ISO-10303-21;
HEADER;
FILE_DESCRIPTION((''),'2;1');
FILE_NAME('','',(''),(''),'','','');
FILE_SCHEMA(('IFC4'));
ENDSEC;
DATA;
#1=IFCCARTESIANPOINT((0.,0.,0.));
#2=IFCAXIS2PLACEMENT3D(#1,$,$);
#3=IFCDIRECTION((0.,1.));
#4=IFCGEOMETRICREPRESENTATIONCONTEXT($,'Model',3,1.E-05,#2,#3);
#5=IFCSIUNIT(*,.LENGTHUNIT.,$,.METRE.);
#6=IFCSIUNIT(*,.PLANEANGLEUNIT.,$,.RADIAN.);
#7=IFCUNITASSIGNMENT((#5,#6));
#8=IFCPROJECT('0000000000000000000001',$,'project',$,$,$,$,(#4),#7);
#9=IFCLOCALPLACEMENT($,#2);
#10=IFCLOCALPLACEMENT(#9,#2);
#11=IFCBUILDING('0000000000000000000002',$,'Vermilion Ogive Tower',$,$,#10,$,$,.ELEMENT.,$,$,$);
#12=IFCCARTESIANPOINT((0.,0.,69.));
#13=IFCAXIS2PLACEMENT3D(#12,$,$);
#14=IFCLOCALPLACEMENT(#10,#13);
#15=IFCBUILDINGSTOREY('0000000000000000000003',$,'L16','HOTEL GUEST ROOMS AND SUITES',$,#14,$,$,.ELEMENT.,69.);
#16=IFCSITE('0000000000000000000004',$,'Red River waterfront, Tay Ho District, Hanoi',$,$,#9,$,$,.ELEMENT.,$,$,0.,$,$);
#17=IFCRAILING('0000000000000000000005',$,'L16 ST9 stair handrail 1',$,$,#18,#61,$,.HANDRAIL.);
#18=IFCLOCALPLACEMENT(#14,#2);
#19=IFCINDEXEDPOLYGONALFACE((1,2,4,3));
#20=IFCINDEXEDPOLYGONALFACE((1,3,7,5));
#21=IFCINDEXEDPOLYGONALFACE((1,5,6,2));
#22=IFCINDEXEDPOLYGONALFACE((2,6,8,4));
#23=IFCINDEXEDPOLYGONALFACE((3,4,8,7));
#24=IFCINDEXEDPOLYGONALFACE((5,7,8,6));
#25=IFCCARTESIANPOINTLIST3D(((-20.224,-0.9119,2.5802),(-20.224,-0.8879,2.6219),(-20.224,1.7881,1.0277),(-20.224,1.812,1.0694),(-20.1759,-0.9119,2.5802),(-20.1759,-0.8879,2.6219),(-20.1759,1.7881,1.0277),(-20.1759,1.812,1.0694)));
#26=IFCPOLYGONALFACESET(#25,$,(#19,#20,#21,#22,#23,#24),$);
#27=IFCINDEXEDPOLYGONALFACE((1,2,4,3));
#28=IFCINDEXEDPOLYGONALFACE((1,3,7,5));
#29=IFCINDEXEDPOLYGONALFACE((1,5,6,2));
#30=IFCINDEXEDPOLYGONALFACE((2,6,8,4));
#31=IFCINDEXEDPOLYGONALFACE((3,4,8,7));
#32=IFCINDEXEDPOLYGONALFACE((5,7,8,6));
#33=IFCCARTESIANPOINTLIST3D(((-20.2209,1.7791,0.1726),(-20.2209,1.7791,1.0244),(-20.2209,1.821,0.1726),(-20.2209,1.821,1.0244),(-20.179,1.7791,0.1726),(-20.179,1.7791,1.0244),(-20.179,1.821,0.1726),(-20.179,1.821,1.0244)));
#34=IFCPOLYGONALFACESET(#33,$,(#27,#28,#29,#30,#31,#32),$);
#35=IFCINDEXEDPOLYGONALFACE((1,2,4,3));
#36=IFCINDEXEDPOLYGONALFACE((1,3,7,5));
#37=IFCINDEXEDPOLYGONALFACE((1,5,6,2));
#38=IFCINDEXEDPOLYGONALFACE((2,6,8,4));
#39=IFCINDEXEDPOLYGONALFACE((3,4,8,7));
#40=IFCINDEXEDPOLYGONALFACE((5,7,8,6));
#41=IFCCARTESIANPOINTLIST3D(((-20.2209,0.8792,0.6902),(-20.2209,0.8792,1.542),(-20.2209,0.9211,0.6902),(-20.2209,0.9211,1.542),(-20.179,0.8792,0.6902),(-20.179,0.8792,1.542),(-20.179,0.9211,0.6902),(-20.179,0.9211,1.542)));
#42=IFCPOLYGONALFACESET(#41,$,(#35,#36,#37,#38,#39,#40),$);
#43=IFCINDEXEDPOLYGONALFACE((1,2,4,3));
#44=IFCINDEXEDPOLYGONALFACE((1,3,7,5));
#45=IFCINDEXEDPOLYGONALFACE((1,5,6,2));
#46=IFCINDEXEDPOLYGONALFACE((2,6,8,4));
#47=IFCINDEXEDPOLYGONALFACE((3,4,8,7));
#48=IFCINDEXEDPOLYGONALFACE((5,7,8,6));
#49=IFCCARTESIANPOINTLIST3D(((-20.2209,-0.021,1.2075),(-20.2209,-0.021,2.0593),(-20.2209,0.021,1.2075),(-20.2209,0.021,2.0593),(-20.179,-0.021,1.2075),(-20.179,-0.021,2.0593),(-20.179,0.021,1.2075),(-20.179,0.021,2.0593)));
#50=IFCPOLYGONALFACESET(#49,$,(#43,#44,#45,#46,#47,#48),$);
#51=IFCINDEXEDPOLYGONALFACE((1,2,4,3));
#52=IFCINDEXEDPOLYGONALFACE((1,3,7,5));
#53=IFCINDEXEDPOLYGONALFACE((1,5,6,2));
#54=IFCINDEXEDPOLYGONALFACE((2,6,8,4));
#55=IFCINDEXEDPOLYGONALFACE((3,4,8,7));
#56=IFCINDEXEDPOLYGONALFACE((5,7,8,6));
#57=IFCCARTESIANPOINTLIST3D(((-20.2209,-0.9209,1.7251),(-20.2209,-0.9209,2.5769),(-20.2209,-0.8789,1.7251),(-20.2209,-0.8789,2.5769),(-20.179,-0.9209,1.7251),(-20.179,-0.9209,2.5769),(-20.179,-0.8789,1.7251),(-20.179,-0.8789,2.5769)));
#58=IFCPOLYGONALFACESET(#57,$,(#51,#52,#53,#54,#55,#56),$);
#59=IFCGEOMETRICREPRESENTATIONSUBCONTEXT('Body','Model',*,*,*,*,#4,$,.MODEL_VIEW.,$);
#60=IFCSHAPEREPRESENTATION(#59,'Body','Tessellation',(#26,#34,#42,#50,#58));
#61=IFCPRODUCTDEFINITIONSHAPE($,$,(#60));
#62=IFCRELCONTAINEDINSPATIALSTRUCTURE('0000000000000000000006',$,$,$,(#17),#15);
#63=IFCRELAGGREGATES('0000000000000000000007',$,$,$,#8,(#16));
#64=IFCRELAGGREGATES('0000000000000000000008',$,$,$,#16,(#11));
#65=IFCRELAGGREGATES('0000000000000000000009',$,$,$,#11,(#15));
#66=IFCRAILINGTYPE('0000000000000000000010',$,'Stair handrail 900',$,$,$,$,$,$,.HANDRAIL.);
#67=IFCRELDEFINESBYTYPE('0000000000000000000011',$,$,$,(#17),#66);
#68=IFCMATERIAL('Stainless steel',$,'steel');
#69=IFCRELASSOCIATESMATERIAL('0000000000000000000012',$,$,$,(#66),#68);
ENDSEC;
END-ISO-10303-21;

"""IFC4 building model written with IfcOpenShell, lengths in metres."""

from ifc_helpers import new_model, si_unit, direction, frame, origin, origin_2d, place, context, subcontext, project, spatial, rectangle, extrude, material, type_object, element, save


model = new_model("IFC4")

# Units and contexts
model_context = context("Model", 3, precision=1e-05, world=origin(), true_north=direction((0.0, 1.0)))
body_context = subcontext(model_context, "Body", "Model", "MODEL_VIEW")
ifc_project = project(units=[si_unit("LENGTHUNIT", "METRE"), si_unit("PLANEANGLEUNIT", "RADIAN")], contexts=[model_context])

# Site, building, storey
site_placement = place(None, origin())
site = spatial("IfcSite", under=ifc_project, at=site_placement, Name="Red River waterfront, Tay Ho District, Hanoi", CompositionType="ELEMENT", RefElevation=0.0)
building_placement = place(site_placement, origin())
building = spatial("IfcBuilding", under=site, at=building_placement, Name="Vermilion Ogive Tower", CompositionType="ELEMENT")
storey_placement = place(building_placement, frame((0.0, 0.0, 69.0)))
storey = spatial("IfcBuildingStorey", under=building, at=storey_placement, Name="L16", Description="HOTEL GUEST ROOMS AND SUITES", CompositionType="ELEMENT", Elevation=69.0)

# Railing
ifc_material_1 = material(Name="Stainless steel", Category="steel")
railing_type_1 = type_object("IfcRailingType", Name="Stair handrail 900", PredefinedType="HANDRAIL", material=ifc_material_1)
railing_1_placement = place(storey_placement, frame((-20.2, 1.8, 0.1726)))
element("IfcRailing", 1, at=railing_1_placement, inside=storey, type_object=railing_type_1, Name="L16 ST9 stair handrail 1", PredefinedType="HANDRAIL", context=body_context, shape_type="SweptSolid", body=[
    extrude(rectangle(XDim=0.0481, YDim=0.0481, at=origin_2d()), frame((0.0, 0.0, 0.876), z_axis=(0.0, -0.866904, 0.498476), x_axis=(1.0, 0.0, 0.0)), (0.0, 0.0, 1.0), 3.1145),
    extrude(rectangle(XDim=0.042, YDim=0.042, at=origin_2d()), origin(), (0.0, 0.0, 1.0), 0.8518),
    extrude(rectangle(XDim=0.042, YDim=0.042, at=origin_2d()), frame((0.0, -0.8999, 0.5176)), (0.0, 0.0, 1.0), 0.8518),
    extrude(rectangle(XDim=0.042, YDim=0.042, at=origin_2d()), frame((0.0, -1.8, 1.0349)), (0.0, 0.0, 1.0), 0.8518),
    extrude(rectangle(XDim=0.042, YDim=0.042, at=origin_2d()), frame((0.0, -2.7, 1.5525)), (0.0, 0.0, 1.0), 0.8518),
])

save(model, "model.ifc")
